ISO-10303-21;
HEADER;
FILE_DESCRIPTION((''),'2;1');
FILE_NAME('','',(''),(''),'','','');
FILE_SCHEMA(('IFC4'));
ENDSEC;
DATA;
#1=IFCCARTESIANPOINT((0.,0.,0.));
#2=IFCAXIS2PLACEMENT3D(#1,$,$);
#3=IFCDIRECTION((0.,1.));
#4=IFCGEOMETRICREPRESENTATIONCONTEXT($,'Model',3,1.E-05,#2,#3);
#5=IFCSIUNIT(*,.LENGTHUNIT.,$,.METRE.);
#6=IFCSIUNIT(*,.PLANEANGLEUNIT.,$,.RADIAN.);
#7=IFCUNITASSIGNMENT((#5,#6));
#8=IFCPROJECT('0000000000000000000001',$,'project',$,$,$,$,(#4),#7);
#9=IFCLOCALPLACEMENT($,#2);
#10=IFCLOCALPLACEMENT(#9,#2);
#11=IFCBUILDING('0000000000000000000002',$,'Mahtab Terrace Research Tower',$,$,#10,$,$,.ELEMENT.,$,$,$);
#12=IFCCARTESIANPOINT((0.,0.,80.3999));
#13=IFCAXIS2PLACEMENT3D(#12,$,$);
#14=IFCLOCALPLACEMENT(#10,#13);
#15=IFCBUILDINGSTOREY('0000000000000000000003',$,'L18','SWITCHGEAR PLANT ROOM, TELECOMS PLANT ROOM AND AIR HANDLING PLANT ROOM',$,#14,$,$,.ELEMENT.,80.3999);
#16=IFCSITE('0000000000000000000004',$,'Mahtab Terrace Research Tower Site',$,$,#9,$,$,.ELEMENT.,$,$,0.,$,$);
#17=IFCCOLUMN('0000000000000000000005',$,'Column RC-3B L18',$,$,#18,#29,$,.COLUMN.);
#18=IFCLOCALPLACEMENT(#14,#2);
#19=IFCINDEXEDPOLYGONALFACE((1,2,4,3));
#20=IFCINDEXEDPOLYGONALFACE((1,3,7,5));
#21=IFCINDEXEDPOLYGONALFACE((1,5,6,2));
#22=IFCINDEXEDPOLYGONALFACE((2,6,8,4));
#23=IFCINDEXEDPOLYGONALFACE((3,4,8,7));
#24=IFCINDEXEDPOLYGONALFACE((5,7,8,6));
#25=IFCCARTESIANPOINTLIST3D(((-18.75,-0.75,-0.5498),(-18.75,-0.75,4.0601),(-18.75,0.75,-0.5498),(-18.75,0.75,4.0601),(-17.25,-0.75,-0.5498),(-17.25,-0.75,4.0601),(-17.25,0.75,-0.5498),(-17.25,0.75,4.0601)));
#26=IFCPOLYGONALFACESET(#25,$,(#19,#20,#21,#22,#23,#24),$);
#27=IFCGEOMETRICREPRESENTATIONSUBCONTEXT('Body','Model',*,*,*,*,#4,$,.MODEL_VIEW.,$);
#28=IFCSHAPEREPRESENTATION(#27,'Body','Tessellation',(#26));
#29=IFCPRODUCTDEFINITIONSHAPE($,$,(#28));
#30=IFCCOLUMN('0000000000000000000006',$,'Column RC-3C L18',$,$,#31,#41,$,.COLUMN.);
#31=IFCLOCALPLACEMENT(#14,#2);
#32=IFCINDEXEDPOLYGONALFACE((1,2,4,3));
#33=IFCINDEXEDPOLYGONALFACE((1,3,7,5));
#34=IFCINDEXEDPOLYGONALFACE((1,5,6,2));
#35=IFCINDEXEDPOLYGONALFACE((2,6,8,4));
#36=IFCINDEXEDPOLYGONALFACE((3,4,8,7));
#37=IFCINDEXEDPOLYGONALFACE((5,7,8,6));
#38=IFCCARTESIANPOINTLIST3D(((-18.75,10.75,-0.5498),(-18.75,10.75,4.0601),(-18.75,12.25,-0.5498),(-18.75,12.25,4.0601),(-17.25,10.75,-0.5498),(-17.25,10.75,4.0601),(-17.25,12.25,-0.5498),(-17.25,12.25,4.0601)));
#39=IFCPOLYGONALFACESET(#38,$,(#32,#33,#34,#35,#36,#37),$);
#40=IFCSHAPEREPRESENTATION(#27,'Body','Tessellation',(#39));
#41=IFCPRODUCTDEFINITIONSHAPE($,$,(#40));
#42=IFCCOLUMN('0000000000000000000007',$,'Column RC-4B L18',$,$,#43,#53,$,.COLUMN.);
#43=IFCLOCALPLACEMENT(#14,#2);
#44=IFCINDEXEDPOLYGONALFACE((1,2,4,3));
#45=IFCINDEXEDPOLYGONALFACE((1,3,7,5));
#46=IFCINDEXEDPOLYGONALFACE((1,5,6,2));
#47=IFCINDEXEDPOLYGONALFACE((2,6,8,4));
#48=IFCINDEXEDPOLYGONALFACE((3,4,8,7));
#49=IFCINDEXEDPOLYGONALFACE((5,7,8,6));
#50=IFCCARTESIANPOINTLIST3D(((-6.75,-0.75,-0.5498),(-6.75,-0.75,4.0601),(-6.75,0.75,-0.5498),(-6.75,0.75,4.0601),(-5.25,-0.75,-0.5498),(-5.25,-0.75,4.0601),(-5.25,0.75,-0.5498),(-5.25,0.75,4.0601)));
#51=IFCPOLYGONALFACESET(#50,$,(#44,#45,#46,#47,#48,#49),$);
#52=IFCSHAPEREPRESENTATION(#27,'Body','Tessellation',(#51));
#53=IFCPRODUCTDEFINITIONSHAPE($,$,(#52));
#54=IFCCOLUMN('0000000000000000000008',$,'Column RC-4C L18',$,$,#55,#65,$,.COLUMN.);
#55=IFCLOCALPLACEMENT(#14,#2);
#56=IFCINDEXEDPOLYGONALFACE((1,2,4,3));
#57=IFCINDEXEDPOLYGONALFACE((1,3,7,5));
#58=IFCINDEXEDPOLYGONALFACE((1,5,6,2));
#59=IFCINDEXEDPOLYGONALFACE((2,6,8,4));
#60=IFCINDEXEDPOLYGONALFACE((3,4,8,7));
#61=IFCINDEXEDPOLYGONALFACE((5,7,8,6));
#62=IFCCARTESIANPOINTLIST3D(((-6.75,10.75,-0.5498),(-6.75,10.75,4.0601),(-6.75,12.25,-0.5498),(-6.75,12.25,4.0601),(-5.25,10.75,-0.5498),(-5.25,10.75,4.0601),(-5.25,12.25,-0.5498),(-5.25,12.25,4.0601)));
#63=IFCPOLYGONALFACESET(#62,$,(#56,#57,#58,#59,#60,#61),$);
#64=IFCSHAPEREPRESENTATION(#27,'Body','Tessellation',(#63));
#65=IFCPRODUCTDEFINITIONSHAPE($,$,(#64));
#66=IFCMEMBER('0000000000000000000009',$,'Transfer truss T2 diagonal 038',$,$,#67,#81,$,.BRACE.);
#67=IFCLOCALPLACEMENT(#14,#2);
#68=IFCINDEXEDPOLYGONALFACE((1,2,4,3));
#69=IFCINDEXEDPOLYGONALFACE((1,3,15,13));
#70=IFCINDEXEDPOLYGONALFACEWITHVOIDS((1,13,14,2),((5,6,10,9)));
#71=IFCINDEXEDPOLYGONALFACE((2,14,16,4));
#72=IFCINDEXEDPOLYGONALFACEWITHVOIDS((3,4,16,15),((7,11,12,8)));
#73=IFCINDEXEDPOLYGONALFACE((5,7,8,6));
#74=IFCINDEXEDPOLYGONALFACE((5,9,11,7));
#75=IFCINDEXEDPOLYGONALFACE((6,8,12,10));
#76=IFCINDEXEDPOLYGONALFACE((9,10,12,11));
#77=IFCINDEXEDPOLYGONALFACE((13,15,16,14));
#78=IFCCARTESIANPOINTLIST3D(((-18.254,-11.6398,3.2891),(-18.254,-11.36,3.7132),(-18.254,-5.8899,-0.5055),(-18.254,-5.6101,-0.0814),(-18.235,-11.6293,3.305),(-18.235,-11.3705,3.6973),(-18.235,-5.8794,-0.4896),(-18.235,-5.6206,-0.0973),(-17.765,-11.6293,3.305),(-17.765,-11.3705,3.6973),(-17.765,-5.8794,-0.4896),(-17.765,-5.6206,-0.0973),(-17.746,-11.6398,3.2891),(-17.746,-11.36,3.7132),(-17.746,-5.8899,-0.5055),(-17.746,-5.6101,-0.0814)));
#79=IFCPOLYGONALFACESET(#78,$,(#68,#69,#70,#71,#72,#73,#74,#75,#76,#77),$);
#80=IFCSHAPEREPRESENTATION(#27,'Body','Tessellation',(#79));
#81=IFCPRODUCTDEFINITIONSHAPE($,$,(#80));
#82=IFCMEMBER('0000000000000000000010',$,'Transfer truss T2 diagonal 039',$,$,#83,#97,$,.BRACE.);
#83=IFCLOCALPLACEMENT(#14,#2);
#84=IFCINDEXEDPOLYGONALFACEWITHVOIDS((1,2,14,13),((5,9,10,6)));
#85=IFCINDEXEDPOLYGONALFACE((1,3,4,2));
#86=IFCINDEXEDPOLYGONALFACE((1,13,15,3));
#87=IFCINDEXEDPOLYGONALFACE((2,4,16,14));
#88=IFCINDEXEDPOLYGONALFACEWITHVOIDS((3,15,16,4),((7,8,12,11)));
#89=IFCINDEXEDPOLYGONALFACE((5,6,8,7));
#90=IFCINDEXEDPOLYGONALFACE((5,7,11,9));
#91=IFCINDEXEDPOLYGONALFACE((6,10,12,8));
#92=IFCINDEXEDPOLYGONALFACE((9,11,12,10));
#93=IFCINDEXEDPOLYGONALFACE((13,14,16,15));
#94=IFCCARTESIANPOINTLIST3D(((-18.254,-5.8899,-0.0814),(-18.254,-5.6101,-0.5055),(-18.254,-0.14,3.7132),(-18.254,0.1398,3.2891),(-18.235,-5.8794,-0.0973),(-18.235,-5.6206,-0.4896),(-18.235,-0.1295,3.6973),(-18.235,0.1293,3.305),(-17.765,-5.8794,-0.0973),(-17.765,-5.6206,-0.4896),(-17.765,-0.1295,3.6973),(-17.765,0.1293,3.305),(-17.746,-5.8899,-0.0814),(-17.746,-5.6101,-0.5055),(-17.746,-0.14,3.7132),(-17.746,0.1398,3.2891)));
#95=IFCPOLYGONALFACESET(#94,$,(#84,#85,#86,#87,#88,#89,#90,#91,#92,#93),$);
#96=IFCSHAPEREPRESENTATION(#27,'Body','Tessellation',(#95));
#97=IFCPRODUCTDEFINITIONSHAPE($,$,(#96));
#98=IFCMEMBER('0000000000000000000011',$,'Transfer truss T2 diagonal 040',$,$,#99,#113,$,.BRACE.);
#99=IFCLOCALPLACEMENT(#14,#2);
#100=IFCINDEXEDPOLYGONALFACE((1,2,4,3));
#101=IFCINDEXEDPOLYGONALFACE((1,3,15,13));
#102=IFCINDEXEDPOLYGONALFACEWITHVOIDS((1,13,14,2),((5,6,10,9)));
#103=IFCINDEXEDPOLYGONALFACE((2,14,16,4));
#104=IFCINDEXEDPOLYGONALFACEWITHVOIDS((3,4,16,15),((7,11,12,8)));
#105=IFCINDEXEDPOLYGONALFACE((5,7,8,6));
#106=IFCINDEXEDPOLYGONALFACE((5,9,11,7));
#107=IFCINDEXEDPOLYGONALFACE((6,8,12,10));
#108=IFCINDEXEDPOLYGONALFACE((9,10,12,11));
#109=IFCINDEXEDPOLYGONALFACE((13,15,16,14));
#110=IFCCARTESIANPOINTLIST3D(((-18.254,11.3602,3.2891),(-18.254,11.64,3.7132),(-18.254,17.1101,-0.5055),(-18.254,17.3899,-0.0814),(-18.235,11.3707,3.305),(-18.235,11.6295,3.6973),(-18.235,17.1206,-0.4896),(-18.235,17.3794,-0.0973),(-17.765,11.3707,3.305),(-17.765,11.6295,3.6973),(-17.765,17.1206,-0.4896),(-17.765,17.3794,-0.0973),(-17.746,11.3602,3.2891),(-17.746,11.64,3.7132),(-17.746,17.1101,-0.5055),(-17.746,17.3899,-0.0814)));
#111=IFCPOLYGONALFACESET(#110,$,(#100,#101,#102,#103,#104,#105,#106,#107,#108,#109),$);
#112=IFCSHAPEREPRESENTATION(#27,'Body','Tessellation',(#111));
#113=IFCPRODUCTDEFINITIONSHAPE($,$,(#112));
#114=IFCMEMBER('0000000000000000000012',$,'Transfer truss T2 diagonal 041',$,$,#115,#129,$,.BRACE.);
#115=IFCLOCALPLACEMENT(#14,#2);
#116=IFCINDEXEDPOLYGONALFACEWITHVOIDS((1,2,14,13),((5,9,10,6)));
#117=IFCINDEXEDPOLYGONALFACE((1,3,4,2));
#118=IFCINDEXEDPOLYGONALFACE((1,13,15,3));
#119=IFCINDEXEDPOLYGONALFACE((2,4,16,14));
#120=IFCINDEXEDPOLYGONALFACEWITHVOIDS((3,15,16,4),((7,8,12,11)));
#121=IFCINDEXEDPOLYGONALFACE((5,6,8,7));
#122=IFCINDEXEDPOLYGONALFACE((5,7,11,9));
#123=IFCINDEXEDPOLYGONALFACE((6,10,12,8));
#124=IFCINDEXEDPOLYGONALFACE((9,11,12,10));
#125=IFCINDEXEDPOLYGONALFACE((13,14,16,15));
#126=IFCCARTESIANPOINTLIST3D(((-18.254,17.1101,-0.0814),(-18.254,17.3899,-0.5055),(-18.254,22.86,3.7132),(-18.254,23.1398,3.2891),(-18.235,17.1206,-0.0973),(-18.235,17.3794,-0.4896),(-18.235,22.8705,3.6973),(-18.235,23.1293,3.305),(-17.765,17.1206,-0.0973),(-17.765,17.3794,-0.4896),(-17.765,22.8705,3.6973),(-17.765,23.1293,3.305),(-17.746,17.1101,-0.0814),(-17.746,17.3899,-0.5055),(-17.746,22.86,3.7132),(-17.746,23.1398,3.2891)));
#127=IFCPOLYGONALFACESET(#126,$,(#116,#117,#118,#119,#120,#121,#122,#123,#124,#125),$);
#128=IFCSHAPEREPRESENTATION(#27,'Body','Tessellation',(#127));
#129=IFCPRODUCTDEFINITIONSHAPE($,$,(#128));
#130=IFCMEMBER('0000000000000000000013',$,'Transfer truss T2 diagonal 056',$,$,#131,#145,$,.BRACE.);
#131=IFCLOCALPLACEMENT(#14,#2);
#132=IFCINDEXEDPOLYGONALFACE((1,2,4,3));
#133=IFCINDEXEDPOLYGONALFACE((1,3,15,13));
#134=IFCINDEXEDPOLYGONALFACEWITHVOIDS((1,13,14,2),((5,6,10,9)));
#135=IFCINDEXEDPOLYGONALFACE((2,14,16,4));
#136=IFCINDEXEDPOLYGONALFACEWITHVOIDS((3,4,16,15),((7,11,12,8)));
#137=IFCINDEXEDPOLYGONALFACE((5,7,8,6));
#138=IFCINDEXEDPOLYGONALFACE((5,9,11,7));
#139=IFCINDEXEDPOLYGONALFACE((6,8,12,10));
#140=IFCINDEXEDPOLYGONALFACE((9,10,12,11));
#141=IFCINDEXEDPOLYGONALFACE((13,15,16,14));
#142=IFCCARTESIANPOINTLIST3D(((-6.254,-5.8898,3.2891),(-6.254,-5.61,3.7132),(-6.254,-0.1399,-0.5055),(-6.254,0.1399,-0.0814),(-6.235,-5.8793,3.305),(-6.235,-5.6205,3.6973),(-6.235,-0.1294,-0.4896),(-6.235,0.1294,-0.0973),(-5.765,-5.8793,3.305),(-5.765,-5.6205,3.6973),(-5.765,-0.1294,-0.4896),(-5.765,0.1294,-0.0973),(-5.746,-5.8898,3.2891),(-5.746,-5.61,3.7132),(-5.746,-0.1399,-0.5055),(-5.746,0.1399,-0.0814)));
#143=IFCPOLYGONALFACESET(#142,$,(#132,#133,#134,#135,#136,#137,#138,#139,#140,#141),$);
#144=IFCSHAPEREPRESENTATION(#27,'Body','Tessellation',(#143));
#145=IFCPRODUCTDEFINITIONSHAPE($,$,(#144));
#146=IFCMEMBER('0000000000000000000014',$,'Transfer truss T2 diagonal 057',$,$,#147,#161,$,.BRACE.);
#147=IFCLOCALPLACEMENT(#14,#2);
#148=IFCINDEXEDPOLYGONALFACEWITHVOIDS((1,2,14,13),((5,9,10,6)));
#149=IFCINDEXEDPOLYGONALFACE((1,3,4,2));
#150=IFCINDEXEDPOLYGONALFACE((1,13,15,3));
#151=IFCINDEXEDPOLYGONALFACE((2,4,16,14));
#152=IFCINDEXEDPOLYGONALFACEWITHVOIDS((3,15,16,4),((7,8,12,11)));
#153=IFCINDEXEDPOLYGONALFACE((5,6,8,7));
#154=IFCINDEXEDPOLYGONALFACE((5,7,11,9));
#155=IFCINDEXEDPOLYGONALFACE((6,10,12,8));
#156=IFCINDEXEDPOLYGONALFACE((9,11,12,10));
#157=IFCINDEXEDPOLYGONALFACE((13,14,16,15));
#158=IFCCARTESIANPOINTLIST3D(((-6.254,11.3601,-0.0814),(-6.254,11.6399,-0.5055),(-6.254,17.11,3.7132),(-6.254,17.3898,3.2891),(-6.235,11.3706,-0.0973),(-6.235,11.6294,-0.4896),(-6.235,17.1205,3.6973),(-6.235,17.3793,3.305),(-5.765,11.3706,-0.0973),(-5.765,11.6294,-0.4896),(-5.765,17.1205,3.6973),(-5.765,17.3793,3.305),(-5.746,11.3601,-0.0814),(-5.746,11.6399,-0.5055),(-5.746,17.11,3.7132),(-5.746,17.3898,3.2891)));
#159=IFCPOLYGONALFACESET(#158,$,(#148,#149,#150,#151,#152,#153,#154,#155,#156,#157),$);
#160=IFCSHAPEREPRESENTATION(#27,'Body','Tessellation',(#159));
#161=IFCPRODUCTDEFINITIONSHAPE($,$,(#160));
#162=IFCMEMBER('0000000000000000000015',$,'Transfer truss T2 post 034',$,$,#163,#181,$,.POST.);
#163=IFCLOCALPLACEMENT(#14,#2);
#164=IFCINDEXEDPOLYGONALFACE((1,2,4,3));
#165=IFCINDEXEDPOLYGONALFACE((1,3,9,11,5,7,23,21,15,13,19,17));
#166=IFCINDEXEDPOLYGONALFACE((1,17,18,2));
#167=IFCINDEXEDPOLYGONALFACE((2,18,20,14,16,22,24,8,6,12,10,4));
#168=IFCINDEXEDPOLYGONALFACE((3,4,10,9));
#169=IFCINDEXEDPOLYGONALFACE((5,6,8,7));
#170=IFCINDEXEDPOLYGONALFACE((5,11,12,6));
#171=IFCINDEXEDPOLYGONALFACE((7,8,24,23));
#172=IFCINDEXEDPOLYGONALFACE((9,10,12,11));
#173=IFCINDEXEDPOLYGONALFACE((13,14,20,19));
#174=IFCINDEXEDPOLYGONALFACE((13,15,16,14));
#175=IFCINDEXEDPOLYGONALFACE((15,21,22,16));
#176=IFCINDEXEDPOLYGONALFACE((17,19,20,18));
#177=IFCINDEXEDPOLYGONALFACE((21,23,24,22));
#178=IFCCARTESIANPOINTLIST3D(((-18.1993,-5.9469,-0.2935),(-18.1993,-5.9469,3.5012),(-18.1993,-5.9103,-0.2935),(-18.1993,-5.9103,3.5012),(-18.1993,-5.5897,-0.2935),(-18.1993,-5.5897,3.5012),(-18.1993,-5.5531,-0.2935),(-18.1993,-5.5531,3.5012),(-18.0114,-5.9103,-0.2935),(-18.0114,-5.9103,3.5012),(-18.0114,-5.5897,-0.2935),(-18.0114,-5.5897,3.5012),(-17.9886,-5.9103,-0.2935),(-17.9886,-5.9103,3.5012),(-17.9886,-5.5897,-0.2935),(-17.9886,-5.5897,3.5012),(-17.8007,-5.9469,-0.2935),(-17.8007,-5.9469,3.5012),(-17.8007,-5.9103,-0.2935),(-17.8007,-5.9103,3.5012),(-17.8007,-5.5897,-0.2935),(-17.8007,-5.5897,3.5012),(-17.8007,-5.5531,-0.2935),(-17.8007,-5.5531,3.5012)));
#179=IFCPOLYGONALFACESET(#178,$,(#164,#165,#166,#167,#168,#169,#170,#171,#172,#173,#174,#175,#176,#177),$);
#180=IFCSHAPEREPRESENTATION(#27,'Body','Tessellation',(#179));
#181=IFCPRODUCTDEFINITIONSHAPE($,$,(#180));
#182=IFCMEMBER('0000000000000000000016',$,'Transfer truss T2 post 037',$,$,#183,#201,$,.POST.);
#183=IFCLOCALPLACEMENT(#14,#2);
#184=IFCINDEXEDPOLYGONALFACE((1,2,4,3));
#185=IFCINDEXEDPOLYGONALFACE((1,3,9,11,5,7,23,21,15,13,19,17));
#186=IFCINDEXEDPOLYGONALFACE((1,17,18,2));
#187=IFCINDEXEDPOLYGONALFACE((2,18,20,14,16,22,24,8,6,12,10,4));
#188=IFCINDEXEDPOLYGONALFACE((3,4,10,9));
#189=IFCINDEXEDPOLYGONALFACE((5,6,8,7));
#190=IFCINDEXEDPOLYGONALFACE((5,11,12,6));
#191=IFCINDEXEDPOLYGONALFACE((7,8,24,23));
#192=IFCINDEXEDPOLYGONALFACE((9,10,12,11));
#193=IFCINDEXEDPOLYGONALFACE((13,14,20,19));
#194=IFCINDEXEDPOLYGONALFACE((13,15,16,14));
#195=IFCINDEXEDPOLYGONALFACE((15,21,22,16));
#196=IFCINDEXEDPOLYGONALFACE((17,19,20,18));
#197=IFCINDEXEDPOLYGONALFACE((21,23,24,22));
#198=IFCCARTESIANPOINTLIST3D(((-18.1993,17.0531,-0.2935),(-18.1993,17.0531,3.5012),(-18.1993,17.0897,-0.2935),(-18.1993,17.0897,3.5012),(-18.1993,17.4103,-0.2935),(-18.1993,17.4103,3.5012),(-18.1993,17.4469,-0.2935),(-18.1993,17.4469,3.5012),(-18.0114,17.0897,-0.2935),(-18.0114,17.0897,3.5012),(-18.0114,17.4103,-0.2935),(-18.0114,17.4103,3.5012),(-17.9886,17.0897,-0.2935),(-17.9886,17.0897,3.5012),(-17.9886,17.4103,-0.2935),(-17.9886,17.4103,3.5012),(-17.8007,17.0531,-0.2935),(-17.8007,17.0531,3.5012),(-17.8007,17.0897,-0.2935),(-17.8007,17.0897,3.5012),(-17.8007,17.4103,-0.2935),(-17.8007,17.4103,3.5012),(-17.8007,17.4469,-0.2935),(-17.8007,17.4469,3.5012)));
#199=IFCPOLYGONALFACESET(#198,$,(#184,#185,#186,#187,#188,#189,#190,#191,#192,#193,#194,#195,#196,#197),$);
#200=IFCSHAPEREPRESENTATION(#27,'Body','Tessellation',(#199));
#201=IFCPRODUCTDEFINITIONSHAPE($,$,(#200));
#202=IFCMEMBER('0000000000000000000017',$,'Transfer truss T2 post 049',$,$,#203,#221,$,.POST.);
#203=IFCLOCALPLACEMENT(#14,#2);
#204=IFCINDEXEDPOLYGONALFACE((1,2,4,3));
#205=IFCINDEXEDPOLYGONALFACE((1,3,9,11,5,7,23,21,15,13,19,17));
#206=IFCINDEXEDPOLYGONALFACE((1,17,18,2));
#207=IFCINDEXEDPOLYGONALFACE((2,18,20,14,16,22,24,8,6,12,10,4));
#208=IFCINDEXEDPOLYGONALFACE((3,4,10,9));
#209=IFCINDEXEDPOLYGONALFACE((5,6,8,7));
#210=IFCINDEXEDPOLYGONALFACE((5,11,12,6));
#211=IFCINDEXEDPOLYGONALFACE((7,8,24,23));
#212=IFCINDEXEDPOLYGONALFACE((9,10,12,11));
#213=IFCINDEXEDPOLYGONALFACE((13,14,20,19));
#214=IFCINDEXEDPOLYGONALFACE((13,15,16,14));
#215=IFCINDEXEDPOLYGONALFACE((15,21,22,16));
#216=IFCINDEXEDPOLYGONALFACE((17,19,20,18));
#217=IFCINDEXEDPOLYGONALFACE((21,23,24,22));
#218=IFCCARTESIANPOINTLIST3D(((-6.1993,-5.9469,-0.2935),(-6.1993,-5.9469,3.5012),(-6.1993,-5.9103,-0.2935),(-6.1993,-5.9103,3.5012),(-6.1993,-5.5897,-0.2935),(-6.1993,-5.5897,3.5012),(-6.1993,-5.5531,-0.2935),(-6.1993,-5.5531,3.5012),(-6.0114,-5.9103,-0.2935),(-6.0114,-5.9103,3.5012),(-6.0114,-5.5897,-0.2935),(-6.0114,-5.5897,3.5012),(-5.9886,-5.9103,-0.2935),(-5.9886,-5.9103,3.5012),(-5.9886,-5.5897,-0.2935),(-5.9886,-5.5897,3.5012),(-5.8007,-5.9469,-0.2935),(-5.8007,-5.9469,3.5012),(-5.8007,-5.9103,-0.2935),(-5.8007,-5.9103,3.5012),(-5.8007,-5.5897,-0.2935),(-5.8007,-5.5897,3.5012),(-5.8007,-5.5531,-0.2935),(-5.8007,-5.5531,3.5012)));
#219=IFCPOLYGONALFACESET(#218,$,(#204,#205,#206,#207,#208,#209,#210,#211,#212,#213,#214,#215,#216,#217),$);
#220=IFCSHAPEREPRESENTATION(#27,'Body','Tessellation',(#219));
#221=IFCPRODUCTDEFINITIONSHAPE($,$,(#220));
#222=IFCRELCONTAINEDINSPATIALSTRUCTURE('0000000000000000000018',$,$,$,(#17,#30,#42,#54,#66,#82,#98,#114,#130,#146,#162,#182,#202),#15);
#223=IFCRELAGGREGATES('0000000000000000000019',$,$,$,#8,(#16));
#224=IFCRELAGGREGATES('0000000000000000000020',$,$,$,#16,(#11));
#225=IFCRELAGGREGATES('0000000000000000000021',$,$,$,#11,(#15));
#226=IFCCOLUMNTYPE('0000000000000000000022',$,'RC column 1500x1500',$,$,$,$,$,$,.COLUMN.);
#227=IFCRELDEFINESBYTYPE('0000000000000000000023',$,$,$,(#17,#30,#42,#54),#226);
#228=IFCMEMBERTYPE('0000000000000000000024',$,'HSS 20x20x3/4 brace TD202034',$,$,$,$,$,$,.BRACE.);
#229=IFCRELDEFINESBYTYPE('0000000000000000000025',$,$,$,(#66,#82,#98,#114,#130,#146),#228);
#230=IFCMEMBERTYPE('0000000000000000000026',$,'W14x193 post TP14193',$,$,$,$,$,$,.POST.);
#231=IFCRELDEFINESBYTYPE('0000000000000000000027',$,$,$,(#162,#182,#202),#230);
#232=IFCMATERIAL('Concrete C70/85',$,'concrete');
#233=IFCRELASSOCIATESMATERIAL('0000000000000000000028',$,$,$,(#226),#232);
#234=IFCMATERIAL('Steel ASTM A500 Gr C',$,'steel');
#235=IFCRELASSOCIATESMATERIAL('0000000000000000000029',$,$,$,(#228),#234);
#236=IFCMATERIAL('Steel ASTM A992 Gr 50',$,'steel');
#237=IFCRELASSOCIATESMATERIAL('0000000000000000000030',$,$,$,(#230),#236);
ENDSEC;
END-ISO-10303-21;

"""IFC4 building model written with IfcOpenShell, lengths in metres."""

from ifc_helpers import new_model, si_unit, direction, frame, origin, origin_2d, place, context, subcontext, project, spatial, rectangle, hollow_rectangle, i_section, extrude, material, material_profile, profile_set, type_object, element, save


model = new_model("IFC4")

# Units and contexts
model_context = context("Model", 3, precision=1e-05, world=origin(), true_north=direction((0.0, 1.0)))
body_context = subcontext(model_context, "Body", "Model", "MODEL_VIEW")
ifc_project = project(units=[si_unit("LENGTHUNIT", "METRE"), si_unit("PLANEANGLEUNIT", "RADIAN")], contexts=[model_context])

# Site, building, storey
site_placement = place(None, origin())
site = spatial("IfcSite", under=ifc_project, at=site_placement, Name="Mahtab Terrace Research Tower Site", CompositionType="ELEMENT", RefElevation=0.0)
building_placement = place(site_placement, origin())
building = spatial("IfcBuilding", under=site, at=building_placement, Name="Mahtab Terrace Research Tower", CompositionType="ELEMENT")
storey_placement = place(building_placement, frame((0.0, 0.0, 80.3999)))
storey = spatial("IfcBuildingStorey", under=building, at=storey_placement, Name="L18", Description="SWITCHGEAR PLANT ROOM, TELECOMS PLANT ROOM AND AIR HANDLING PLANT ROOM", CompositionType="ELEMENT", Elevation=80.3999)

# Columns
ifc_material_1 = material(Name="Concrete C70/85", Category="concrete")
ifc_material_profile_1 = material_profile(ifc_material_1, rectangle(XDim=1.5, YDim=1.5, at=origin_2d()), Name="RC column 1500x1500")
ifc_profile_set_1 = profile_set([ifc_material_profile_1], Name="Concrete C70/85")
column_type = type_object("IfcColumnType", Name="RC column 1500x1500", PredefinedType="COLUMN", material=ifc_profile_set_1)
for number, where, z_axis, x_axis, name in (
    (1, (-18.0, 0.0, -0.5498), (0.0, 0.0, 1.0), (1.0, 0.0, 0.0), "Column RC-3B L18"),
    (2, (-18.0, 11.5, -0.5498), (0.0, 0.0, 1.0), (1.0, 0.0, 0.0), "Column RC-3C L18"),
    (3, (-6.0, 0.0, -0.5498), (0.0, 0.0, 1.0), (1.0, 0.0, 0.0), "Column RC-4B L18"),
    (4, (-6.0, 11.5, -0.5498), (0.0, 0.0, 1.0), (1.0, 0.0, 0.0), "Column RC-4C L18"),
):
    element("IfcColumn", number, at=place(storey_placement, frame(where, z_axis=z_axis, x_axis=x_axis)), inside=storey, type_object=column_type, Name=name, PredefinedType="COLUMN", context=body_context, shape_type="SweptSolid", body=[
        extrude(rectangle(XDim=1.5, YDim=1.5, at=origin_2d()), origin(), (0.0, 0.0, 1.0), 4.6099),
    ])

# Members
ifc_material_2 = material(Name="Steel ASTM A500 Gr C", Category="steel")
ifc_material_profile_2 = material_profile(ifc_material_2, hollow_rectangle(XDim=0.5081, YDim=0.5081, WallThickness=0.019, at=origin_2d()), Name="HSS20X20X3/4")
ifc_profile_set_2 = profile_set([ifc_material_profile_2], Name="Steel ASTM A500 Gr C")
member_type_1 = type_object("IfcMemberType", Name="HSS 20x20x3/4 brace TD202034", PredefinedType="BRACE", material=ifc_profile_set_2)
for number, where, z_axis, x_axis, name in (
    (5, (-18.0, -5.75, -0.2935), (0.0, -0.834631, 0.55081), (1.0, 0.0, 0.0), "Transfer truss T2 diagonal 038"),
    (6, (-18.0, -5.75, -0.2935), (0.0, 0.834631, 0.55081), (-1.0, 0.0, 0.0), "Transfer truss T2 diagonal 039"),
    (7, (-18.0, 17.25, -0.2935), (0.0, -0.834631, 0.55081), (1.0, 0.0, 0.0), "Transfer truss T2 diagonal 040"),
    (8, (-18.0, 17.25, -0.2935), (0.0, 0.834631, 0.55081), (-1.0, 0.0, 0.0), "Transfer truss T2 diagonal 041"),
    (9, (-6.0, 0.0, -0.2935), (0.0, -0.834631, 0.55081), (1.0, 0.0, 0.0), "Transfer truss T2 diagonal 056"),
    (10, (-6.0, 11.5, -0.2935), (0.0, 0.834631, 0.55081), (-1.0, 0.0, 0.0), "Transfer truss T2 diagonal 057"),
):
    element("IfcMember", number, at=place(storey_placement, frame(where, z_axis=z_axis, x_axis=x_axis)), inside=storey, type_object=member_type_1, Name=name, PredefinedType="BRACE", context=body_context, shape_type="SweptSolid", body=[
        extrude(hollow_rectangle(XDim=0.5081, YDim=0.5081, WallThickness=0.019, at=origin_2d()), origin(), (0.0, 0.0, 1.0), 6.8892),
    ])
ifc_material_3 = material(Name="Steel ASTM A992 Gr 50", Category="steel")
ifc_material_profile_3 = material_profile(ifc_material_3, i_section(OverallWidth=0.3987, OverallDepth=0.3938, WebThickness=0.0227, FlangeThickness=0.0366, at=origin_2d()), Name="W14X193")
ifc_profile_set_3 = profile_set([ifc_material_profile_3], Name="Steel ASTM A992 Gr 50")
member_type_2 = type_object("IfcMemberType", Name="W14x193 post TP14193", PredefinedType="POST", material=ifc_profile_set_3)
for number, where, z_axis, x_axis, name in (
    (11, (-18.0, -5.75, -0.2935), (0.0, 0.0, 1.0), (1.0, 0.0, 0.0), "Transfer truss T2 post 034"),
    (12, (-18.0, 17.25, -0.2935), (0.0, 0.0, 1.0), (1.0, 0.0, 0.0), "Transfer truss T2 post 037"),
    (13, (-6.0, -5.75, -0.2935), (0.0, 0.0, 1.0), (1.0, 0.0, 0.0), "Transfer truss T2 post 049"),
):
    element("IfcMember", number, at=place(storey_placement, frame(where, z_axis=z_axis, x_axis=x_axis)), inside=storey, type_object=member_type_2, Name=name, PredefinedType="POST", context=body_context, shape_type="SweptSolid", body=[
        extrude(i_section(OverallWidth=0.3987, OverallDepth=0.3938, WebThickness=0.0227, FlangeThickness=0.0366, at=origin_2d()), origin(), (0.0, 0.0, 1.0), 3.7947),
    ])

save(model, "model.ifc")
